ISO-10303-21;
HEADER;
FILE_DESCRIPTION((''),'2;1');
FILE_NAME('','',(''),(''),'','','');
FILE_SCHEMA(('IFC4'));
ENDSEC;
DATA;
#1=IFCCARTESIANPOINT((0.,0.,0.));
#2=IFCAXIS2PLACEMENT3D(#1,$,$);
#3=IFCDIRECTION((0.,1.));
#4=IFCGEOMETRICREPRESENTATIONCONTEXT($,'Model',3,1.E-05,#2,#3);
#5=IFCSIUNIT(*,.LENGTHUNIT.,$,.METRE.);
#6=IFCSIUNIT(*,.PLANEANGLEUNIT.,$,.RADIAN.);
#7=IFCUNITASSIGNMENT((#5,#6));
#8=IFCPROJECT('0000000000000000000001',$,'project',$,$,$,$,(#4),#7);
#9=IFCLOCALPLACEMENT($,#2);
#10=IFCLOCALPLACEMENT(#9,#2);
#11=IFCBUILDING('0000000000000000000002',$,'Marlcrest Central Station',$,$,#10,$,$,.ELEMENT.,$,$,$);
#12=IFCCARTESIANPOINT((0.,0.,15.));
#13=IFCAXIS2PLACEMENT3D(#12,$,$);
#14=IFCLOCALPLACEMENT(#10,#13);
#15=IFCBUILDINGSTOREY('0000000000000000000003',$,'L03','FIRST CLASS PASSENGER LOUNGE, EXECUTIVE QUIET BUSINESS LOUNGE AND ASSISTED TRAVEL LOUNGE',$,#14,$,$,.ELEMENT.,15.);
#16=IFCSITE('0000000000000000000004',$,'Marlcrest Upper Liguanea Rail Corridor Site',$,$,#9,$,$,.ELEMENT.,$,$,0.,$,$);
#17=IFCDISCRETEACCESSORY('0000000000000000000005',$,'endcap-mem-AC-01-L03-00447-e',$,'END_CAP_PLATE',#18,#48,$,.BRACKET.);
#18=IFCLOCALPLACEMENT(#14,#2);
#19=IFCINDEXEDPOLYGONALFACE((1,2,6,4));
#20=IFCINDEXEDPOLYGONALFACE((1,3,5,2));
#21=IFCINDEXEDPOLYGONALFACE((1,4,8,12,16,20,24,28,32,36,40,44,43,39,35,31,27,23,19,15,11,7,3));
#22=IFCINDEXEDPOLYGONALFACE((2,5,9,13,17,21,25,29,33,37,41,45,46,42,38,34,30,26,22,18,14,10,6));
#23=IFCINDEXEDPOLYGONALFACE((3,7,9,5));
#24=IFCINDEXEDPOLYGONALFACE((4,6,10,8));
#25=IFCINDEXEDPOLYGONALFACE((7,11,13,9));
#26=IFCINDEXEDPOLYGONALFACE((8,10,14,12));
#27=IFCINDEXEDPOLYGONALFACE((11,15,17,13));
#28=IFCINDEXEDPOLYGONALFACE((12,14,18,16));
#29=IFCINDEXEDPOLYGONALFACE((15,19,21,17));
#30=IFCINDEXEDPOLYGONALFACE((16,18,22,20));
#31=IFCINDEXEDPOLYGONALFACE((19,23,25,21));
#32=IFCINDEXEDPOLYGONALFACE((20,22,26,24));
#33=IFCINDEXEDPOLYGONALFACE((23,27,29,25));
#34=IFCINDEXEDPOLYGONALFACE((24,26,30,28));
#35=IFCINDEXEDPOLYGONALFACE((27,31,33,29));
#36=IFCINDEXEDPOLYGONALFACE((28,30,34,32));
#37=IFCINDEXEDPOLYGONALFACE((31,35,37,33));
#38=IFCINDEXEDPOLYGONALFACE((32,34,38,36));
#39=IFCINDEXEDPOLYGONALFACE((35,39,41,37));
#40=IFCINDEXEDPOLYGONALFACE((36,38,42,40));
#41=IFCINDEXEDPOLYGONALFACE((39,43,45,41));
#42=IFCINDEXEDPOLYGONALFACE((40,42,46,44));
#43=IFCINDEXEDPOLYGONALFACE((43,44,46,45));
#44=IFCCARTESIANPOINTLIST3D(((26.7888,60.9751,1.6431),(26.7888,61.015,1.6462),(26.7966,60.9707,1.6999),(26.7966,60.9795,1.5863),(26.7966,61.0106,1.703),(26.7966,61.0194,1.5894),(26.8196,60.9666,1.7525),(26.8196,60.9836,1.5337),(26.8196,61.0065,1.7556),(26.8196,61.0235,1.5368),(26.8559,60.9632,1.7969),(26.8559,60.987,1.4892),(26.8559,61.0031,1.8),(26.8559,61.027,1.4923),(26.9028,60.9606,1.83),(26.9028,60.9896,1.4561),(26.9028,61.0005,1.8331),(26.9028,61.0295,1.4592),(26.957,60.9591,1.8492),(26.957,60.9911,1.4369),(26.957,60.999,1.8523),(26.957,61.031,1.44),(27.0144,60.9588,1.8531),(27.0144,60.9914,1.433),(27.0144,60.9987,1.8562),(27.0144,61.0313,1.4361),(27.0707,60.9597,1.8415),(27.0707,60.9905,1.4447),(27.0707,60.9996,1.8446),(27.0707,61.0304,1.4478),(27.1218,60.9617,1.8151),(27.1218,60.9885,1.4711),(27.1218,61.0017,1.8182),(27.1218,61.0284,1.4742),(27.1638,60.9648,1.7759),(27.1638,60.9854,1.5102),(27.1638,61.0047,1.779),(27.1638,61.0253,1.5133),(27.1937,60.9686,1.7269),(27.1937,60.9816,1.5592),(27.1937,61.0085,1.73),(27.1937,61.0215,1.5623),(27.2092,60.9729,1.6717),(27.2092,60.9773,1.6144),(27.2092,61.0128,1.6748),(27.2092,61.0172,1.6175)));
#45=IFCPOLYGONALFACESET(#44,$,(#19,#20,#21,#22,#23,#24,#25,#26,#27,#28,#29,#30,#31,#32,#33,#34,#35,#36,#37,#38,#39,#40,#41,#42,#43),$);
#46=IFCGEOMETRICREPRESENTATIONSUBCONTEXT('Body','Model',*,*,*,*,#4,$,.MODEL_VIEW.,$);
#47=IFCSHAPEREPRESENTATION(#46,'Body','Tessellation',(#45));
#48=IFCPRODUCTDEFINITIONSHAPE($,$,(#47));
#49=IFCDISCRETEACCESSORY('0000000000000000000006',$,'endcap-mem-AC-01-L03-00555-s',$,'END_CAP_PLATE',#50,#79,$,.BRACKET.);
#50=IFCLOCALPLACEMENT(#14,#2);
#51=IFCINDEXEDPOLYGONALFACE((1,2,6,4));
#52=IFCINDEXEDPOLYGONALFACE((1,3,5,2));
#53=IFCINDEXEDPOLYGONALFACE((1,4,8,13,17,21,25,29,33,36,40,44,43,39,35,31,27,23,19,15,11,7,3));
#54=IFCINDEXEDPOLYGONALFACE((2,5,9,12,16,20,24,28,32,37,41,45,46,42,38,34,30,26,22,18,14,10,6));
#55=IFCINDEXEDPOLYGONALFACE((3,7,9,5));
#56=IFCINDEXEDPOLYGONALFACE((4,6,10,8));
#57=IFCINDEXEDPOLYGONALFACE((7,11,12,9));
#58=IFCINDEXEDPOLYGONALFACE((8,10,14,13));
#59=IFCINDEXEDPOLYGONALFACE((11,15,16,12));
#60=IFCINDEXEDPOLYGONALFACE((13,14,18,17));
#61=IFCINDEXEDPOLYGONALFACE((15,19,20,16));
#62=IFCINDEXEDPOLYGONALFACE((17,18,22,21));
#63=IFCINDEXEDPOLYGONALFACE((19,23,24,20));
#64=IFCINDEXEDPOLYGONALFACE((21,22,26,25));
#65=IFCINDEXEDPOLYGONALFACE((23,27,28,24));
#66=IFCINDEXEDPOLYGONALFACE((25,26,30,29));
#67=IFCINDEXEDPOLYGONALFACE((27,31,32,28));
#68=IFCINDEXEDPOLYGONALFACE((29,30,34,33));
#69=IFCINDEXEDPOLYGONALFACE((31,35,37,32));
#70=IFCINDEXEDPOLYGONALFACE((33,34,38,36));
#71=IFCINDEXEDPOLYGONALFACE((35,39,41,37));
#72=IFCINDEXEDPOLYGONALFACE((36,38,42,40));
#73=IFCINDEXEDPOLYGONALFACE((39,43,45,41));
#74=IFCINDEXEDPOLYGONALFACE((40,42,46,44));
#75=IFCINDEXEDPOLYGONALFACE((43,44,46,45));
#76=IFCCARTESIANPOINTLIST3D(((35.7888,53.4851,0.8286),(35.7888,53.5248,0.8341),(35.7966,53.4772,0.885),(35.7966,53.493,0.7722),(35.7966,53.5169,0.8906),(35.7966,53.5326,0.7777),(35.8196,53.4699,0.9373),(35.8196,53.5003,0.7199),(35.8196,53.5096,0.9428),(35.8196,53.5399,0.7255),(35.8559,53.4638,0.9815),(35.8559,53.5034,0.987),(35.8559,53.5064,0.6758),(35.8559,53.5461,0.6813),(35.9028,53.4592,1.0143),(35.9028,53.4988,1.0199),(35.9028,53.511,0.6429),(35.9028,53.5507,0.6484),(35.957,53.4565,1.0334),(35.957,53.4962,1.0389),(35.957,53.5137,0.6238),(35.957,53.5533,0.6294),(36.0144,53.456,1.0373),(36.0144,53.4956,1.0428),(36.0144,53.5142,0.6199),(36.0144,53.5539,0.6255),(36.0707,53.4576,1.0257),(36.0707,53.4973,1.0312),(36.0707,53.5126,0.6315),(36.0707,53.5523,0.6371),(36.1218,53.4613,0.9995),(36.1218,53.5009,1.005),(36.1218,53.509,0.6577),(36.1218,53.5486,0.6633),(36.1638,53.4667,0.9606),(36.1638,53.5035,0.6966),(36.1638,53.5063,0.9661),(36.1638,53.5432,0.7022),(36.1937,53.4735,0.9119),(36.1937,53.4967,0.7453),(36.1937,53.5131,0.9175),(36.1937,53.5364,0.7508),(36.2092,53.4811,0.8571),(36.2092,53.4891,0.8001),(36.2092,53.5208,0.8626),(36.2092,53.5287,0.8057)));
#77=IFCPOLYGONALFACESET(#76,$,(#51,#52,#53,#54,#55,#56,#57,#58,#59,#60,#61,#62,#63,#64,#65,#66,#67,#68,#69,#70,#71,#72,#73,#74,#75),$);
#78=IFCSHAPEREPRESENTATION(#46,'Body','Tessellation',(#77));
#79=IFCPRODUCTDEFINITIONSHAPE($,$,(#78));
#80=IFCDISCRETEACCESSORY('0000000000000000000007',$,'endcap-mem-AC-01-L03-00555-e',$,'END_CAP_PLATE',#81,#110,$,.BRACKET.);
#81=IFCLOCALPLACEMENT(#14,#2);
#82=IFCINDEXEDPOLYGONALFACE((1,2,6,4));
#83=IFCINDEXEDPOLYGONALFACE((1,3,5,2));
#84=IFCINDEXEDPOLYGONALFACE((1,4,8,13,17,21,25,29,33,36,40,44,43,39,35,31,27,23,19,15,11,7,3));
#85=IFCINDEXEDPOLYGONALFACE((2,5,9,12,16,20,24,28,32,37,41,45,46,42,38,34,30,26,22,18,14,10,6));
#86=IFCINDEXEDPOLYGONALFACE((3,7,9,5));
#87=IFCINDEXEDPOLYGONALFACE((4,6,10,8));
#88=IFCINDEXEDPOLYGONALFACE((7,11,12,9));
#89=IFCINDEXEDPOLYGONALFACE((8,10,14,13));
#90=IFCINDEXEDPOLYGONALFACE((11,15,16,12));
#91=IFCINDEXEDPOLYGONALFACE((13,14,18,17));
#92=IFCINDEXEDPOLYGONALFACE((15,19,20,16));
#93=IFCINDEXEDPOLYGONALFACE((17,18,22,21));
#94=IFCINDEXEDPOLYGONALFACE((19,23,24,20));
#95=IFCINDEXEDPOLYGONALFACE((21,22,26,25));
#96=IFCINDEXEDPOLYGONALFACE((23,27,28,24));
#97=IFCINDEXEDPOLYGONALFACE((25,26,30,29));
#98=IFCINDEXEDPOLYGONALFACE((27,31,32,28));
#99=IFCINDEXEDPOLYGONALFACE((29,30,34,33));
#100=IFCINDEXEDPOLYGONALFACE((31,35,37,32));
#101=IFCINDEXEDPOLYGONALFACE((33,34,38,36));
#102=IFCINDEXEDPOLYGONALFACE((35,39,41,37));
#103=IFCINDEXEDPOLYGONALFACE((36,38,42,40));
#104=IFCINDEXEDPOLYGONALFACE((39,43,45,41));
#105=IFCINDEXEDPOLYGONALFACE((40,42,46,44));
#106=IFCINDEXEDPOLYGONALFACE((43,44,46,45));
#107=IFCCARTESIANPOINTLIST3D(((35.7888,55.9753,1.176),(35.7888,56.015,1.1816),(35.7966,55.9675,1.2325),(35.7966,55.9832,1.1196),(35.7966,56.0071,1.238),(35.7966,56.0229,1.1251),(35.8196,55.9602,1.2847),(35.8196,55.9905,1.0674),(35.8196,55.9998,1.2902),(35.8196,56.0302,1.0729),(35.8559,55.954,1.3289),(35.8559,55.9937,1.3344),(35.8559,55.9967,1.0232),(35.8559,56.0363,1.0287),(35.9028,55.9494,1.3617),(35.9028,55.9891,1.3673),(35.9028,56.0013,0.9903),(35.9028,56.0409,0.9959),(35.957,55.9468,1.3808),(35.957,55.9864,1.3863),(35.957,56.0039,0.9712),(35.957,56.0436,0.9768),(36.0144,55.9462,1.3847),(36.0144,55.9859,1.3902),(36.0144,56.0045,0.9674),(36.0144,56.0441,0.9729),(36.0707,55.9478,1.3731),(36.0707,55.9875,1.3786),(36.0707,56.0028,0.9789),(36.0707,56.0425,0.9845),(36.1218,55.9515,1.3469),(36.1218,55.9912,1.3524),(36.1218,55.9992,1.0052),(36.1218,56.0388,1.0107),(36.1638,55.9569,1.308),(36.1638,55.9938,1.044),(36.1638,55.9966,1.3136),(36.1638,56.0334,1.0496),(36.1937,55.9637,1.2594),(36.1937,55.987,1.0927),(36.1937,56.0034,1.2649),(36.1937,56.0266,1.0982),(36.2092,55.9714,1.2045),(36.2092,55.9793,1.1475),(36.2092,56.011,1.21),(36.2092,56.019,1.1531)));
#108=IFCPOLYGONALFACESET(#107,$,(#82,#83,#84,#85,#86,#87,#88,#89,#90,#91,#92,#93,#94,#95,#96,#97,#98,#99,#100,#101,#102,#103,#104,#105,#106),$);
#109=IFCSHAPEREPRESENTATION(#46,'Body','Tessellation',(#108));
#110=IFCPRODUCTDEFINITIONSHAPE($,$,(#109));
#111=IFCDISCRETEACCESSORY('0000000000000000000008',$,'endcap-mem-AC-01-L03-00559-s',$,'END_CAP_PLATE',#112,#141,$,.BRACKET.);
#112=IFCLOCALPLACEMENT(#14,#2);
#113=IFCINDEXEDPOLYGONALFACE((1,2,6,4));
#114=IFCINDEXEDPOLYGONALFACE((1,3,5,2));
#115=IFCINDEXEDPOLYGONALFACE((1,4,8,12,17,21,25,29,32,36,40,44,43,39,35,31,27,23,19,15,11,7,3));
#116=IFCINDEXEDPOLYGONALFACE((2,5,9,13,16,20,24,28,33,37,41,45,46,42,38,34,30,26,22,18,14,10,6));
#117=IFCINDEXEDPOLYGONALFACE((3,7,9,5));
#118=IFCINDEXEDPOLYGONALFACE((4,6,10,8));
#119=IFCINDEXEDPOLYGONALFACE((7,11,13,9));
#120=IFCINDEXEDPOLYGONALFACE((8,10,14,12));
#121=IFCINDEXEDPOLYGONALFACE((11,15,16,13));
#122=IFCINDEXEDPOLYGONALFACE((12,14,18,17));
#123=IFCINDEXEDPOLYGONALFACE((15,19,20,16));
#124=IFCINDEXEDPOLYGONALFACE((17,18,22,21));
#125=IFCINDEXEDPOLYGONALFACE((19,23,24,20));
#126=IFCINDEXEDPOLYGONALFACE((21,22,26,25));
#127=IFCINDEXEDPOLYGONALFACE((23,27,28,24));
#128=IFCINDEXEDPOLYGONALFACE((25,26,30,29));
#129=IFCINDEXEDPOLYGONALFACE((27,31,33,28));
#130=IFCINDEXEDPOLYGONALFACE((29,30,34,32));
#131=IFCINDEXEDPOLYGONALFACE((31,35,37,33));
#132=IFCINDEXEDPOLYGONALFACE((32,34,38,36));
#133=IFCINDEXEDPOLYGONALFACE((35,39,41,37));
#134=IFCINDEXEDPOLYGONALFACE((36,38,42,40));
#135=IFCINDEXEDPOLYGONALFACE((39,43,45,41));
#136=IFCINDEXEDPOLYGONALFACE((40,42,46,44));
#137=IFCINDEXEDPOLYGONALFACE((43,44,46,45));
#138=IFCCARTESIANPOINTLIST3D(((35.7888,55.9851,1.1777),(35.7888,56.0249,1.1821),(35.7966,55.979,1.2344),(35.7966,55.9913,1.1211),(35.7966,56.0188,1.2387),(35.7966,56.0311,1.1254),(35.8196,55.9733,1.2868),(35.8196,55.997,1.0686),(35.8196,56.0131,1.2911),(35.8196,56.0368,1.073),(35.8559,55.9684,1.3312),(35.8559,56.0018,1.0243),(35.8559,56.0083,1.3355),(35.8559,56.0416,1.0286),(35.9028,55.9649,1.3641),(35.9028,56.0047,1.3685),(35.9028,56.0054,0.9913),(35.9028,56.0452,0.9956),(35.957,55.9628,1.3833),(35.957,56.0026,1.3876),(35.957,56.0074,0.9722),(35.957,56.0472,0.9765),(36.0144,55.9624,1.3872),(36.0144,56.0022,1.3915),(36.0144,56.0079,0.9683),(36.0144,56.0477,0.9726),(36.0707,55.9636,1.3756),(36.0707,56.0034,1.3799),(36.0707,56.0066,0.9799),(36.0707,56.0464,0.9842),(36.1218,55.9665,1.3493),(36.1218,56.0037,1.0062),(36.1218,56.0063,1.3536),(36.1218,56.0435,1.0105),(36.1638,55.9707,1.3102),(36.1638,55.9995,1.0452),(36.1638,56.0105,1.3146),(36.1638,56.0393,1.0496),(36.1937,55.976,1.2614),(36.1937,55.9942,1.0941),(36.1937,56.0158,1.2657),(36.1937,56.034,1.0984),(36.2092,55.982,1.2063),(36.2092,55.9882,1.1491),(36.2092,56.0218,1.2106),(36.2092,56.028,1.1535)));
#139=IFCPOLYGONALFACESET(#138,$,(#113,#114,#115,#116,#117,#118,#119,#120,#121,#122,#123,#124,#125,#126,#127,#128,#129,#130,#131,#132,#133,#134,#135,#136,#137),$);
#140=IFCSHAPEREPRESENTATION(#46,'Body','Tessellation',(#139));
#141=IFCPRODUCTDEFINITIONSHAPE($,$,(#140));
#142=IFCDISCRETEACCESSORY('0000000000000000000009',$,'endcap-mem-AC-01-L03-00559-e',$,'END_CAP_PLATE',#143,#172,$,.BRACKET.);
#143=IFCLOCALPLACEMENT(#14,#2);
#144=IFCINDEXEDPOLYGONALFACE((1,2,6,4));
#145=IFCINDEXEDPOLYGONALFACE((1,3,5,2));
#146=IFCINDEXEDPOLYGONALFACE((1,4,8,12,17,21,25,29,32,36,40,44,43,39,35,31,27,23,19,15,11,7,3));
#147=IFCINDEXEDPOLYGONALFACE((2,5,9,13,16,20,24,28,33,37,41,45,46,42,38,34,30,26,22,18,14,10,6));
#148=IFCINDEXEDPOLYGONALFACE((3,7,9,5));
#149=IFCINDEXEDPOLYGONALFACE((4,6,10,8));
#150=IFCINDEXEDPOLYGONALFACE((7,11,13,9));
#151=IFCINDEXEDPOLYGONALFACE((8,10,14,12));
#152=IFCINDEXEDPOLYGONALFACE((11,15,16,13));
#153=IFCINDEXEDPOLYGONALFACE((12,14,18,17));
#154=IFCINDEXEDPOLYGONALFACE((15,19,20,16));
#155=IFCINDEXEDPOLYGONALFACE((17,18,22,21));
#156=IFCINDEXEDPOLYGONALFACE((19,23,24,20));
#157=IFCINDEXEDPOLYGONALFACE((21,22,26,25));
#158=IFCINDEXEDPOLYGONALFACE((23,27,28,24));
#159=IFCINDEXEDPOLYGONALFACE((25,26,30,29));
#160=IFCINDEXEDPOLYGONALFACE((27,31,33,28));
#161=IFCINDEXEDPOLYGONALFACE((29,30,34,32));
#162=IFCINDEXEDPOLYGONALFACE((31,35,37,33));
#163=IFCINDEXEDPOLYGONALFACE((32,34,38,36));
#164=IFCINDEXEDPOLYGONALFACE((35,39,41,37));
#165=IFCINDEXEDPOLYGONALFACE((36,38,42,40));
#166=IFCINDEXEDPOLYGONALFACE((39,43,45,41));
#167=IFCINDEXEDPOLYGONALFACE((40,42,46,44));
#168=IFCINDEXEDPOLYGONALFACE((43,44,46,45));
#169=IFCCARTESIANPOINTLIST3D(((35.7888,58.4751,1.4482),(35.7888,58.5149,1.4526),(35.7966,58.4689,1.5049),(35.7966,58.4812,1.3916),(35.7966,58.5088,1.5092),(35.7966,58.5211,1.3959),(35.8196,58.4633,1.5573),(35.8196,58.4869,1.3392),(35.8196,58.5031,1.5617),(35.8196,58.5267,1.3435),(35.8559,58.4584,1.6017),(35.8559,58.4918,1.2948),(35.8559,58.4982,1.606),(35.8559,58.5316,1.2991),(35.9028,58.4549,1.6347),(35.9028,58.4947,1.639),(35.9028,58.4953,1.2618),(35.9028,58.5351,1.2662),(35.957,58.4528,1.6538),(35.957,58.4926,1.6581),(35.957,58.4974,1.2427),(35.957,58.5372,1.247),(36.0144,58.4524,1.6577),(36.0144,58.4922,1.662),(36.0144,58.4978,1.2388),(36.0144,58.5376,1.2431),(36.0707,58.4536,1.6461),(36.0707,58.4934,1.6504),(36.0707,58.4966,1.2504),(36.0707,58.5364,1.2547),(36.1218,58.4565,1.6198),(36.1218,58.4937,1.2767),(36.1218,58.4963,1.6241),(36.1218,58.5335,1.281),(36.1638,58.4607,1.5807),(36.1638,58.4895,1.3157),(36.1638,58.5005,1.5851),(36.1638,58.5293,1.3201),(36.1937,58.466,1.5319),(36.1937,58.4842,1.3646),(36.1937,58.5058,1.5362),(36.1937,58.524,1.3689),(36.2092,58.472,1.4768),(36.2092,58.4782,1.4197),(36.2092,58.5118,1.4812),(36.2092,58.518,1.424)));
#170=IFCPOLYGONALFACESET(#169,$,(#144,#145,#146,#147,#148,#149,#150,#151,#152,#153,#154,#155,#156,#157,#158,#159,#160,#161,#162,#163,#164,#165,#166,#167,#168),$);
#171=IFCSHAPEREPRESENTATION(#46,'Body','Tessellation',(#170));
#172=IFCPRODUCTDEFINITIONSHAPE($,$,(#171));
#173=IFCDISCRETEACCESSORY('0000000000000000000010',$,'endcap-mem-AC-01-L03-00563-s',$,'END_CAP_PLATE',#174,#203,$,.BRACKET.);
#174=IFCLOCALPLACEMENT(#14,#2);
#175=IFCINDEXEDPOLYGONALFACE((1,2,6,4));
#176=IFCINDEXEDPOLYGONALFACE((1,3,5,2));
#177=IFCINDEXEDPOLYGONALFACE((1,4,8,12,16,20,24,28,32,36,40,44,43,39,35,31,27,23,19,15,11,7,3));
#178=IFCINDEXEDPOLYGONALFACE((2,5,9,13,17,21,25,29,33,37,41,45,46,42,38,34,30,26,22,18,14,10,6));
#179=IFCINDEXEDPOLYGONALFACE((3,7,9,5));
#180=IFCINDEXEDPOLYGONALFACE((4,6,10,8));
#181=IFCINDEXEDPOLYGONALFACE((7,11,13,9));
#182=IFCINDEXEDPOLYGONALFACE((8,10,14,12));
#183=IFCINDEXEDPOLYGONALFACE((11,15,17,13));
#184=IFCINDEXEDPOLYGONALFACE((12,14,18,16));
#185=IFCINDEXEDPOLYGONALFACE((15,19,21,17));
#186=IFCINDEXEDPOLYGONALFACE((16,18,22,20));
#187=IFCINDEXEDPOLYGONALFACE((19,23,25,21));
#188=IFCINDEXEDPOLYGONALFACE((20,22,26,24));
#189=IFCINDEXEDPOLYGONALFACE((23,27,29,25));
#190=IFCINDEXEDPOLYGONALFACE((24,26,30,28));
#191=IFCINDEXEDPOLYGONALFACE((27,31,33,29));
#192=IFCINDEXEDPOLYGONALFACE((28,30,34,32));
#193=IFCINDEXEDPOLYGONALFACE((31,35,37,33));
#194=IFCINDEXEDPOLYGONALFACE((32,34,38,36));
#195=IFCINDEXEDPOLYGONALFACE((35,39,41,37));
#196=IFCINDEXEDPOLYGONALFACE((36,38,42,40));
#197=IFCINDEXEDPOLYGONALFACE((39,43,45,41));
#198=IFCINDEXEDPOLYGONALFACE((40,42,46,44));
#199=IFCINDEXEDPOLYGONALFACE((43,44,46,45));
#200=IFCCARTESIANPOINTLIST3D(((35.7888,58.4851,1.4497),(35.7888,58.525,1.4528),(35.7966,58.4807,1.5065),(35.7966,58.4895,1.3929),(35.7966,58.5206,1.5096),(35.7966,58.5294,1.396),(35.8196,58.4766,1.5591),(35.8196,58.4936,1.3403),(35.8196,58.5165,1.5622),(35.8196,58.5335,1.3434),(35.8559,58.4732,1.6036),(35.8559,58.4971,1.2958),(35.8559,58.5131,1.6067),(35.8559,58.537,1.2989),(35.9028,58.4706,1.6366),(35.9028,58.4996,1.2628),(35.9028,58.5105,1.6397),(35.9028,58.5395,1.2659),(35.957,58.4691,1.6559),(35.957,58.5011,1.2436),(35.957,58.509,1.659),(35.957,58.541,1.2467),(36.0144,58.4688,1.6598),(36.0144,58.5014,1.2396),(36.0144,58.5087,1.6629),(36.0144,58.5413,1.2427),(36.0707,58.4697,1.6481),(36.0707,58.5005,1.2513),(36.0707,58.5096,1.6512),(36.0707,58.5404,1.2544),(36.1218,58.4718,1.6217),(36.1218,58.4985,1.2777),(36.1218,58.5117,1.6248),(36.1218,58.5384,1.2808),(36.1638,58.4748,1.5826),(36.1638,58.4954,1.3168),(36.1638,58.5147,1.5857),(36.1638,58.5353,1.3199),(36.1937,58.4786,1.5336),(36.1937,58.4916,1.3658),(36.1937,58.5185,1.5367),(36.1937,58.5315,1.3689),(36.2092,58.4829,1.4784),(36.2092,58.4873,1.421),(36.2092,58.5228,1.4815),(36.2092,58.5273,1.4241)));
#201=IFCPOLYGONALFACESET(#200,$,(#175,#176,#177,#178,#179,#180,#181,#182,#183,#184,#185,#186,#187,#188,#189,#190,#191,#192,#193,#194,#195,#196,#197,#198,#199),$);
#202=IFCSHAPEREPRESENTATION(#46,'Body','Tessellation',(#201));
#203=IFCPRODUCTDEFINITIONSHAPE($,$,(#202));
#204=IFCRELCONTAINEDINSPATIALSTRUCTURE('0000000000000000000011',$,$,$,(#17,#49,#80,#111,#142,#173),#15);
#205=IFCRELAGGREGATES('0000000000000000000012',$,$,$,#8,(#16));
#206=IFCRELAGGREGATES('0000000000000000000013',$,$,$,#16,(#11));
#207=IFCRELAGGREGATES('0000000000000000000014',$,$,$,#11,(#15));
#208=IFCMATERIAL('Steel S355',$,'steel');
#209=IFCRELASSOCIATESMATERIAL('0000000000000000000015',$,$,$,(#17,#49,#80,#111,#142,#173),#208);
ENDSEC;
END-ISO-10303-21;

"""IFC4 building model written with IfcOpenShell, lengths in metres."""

from ifc_helpers import new_model, si_unit, direction, frame, origin, origin_2d, place, context, subcontext, project, spatial, circle, extrude, material, element, save


model = new_model("IFC4")

# Units and contexts
model_context = context("Model", 3, precision=1e-05, world=origin(), true_north=direction((0.0, 1.0)))
body_context = subcontext(model_context, "Body", "Model", "MODEL_VIEW")
ifc_project = project(units=[si_unit("LENGTHUNIT", "METRE"), si_unit("PLANEANGLEUNIT", "RADIAN")], contexts=[model_context])

# Site, building, storey
site_placement = place(None, origin())
site = spatial("IfcSite", under=ifc_project, at=site_placement, Name="Marlcrest Upper Liguanea Rail Corridor Site", CompositionType="ELEMENT", RefElevation=0.0)
building_placement = place(site_placement, origin())
building = spatial("IfcBuilding", under=site, at=building_placement, Name="Marlcrest Central Station", CompositionType="ELEMENT")
storey_placement = place(building_placement, frame((0.0, 0.0, 15.0)))
storey = spatial("IfcBuildingStorey", under=building, at=storey_placement, Name="L03", Description="FIRST CLASS PASSENGER LOUNGE, EXECUTIVE QUIET BUSINESS LOUNGE AND ASSISTED TRAVEL LOUNGE", CompositionType="ELEMENT", Elevation=15.0)

# Shared definitions
ifc_material_1 = material(Name="Steel S355", Category="steel")

# Discrete accessories
for number, where, z_axis, x_axis, name in (
    (1, (27.0, 60.9751, 1.6431), (0.0, 0.997, 0.077404), (-1.0, 0.0, 0.0), "endcap-mem-AC-01-L03-00447-e"),
    (2, (36.0, 53.4851, 0.8286), (0.0, 0.990403, 0.138211), (-1.0, 0.0, 0.0), "endcap-mem-AC-01-L03-00555-s"),
    (3, (36.0, 55.9753, 1.176), (0.0, 0.990403, 0.138211), (-1.0, 0.0, 0.0), "endcap-mem-AC-01-L03-00555-e"),
    (4, (36.0, 55.9851, 1.1777), (0.0, 0.994155, 0.107959), (-1.0, 0.0, 0.0), "endcap-mem-AC-01-L03-00559-s"),
    (5, (36.0, 58.4751, 1.4482), (0.0, 0.994155, 0.107959), (-1.0, 0.0, 0.0), "endcap-mem-AC-01-L03-00559-e"),
    (6, (36.0, 58.4851, 1.4497), (0.0, 0.997, 0.077404), (-1.0, 0.0, 0.0), "endcap-mem-AC-01-L03-00563-s"),
):
    element("IfcDiscreteAccessory", number, at=place(storey_placement, frame(where, z_axis=z_axis, x_axis=x_axis)), inside=storey, material=ifc_material_1, Name=name, ObjectType="END_CAP_PLATE", PredefinedType="BRACKET", context=body_context, shape_type="SweptSolid", body=[
        extrude(circle(Radius=0.2112, at=origin_2d()), origin(), (0.0, 0.0, 1.0), 0.04),
    ])

save(model, "model.ifc")
